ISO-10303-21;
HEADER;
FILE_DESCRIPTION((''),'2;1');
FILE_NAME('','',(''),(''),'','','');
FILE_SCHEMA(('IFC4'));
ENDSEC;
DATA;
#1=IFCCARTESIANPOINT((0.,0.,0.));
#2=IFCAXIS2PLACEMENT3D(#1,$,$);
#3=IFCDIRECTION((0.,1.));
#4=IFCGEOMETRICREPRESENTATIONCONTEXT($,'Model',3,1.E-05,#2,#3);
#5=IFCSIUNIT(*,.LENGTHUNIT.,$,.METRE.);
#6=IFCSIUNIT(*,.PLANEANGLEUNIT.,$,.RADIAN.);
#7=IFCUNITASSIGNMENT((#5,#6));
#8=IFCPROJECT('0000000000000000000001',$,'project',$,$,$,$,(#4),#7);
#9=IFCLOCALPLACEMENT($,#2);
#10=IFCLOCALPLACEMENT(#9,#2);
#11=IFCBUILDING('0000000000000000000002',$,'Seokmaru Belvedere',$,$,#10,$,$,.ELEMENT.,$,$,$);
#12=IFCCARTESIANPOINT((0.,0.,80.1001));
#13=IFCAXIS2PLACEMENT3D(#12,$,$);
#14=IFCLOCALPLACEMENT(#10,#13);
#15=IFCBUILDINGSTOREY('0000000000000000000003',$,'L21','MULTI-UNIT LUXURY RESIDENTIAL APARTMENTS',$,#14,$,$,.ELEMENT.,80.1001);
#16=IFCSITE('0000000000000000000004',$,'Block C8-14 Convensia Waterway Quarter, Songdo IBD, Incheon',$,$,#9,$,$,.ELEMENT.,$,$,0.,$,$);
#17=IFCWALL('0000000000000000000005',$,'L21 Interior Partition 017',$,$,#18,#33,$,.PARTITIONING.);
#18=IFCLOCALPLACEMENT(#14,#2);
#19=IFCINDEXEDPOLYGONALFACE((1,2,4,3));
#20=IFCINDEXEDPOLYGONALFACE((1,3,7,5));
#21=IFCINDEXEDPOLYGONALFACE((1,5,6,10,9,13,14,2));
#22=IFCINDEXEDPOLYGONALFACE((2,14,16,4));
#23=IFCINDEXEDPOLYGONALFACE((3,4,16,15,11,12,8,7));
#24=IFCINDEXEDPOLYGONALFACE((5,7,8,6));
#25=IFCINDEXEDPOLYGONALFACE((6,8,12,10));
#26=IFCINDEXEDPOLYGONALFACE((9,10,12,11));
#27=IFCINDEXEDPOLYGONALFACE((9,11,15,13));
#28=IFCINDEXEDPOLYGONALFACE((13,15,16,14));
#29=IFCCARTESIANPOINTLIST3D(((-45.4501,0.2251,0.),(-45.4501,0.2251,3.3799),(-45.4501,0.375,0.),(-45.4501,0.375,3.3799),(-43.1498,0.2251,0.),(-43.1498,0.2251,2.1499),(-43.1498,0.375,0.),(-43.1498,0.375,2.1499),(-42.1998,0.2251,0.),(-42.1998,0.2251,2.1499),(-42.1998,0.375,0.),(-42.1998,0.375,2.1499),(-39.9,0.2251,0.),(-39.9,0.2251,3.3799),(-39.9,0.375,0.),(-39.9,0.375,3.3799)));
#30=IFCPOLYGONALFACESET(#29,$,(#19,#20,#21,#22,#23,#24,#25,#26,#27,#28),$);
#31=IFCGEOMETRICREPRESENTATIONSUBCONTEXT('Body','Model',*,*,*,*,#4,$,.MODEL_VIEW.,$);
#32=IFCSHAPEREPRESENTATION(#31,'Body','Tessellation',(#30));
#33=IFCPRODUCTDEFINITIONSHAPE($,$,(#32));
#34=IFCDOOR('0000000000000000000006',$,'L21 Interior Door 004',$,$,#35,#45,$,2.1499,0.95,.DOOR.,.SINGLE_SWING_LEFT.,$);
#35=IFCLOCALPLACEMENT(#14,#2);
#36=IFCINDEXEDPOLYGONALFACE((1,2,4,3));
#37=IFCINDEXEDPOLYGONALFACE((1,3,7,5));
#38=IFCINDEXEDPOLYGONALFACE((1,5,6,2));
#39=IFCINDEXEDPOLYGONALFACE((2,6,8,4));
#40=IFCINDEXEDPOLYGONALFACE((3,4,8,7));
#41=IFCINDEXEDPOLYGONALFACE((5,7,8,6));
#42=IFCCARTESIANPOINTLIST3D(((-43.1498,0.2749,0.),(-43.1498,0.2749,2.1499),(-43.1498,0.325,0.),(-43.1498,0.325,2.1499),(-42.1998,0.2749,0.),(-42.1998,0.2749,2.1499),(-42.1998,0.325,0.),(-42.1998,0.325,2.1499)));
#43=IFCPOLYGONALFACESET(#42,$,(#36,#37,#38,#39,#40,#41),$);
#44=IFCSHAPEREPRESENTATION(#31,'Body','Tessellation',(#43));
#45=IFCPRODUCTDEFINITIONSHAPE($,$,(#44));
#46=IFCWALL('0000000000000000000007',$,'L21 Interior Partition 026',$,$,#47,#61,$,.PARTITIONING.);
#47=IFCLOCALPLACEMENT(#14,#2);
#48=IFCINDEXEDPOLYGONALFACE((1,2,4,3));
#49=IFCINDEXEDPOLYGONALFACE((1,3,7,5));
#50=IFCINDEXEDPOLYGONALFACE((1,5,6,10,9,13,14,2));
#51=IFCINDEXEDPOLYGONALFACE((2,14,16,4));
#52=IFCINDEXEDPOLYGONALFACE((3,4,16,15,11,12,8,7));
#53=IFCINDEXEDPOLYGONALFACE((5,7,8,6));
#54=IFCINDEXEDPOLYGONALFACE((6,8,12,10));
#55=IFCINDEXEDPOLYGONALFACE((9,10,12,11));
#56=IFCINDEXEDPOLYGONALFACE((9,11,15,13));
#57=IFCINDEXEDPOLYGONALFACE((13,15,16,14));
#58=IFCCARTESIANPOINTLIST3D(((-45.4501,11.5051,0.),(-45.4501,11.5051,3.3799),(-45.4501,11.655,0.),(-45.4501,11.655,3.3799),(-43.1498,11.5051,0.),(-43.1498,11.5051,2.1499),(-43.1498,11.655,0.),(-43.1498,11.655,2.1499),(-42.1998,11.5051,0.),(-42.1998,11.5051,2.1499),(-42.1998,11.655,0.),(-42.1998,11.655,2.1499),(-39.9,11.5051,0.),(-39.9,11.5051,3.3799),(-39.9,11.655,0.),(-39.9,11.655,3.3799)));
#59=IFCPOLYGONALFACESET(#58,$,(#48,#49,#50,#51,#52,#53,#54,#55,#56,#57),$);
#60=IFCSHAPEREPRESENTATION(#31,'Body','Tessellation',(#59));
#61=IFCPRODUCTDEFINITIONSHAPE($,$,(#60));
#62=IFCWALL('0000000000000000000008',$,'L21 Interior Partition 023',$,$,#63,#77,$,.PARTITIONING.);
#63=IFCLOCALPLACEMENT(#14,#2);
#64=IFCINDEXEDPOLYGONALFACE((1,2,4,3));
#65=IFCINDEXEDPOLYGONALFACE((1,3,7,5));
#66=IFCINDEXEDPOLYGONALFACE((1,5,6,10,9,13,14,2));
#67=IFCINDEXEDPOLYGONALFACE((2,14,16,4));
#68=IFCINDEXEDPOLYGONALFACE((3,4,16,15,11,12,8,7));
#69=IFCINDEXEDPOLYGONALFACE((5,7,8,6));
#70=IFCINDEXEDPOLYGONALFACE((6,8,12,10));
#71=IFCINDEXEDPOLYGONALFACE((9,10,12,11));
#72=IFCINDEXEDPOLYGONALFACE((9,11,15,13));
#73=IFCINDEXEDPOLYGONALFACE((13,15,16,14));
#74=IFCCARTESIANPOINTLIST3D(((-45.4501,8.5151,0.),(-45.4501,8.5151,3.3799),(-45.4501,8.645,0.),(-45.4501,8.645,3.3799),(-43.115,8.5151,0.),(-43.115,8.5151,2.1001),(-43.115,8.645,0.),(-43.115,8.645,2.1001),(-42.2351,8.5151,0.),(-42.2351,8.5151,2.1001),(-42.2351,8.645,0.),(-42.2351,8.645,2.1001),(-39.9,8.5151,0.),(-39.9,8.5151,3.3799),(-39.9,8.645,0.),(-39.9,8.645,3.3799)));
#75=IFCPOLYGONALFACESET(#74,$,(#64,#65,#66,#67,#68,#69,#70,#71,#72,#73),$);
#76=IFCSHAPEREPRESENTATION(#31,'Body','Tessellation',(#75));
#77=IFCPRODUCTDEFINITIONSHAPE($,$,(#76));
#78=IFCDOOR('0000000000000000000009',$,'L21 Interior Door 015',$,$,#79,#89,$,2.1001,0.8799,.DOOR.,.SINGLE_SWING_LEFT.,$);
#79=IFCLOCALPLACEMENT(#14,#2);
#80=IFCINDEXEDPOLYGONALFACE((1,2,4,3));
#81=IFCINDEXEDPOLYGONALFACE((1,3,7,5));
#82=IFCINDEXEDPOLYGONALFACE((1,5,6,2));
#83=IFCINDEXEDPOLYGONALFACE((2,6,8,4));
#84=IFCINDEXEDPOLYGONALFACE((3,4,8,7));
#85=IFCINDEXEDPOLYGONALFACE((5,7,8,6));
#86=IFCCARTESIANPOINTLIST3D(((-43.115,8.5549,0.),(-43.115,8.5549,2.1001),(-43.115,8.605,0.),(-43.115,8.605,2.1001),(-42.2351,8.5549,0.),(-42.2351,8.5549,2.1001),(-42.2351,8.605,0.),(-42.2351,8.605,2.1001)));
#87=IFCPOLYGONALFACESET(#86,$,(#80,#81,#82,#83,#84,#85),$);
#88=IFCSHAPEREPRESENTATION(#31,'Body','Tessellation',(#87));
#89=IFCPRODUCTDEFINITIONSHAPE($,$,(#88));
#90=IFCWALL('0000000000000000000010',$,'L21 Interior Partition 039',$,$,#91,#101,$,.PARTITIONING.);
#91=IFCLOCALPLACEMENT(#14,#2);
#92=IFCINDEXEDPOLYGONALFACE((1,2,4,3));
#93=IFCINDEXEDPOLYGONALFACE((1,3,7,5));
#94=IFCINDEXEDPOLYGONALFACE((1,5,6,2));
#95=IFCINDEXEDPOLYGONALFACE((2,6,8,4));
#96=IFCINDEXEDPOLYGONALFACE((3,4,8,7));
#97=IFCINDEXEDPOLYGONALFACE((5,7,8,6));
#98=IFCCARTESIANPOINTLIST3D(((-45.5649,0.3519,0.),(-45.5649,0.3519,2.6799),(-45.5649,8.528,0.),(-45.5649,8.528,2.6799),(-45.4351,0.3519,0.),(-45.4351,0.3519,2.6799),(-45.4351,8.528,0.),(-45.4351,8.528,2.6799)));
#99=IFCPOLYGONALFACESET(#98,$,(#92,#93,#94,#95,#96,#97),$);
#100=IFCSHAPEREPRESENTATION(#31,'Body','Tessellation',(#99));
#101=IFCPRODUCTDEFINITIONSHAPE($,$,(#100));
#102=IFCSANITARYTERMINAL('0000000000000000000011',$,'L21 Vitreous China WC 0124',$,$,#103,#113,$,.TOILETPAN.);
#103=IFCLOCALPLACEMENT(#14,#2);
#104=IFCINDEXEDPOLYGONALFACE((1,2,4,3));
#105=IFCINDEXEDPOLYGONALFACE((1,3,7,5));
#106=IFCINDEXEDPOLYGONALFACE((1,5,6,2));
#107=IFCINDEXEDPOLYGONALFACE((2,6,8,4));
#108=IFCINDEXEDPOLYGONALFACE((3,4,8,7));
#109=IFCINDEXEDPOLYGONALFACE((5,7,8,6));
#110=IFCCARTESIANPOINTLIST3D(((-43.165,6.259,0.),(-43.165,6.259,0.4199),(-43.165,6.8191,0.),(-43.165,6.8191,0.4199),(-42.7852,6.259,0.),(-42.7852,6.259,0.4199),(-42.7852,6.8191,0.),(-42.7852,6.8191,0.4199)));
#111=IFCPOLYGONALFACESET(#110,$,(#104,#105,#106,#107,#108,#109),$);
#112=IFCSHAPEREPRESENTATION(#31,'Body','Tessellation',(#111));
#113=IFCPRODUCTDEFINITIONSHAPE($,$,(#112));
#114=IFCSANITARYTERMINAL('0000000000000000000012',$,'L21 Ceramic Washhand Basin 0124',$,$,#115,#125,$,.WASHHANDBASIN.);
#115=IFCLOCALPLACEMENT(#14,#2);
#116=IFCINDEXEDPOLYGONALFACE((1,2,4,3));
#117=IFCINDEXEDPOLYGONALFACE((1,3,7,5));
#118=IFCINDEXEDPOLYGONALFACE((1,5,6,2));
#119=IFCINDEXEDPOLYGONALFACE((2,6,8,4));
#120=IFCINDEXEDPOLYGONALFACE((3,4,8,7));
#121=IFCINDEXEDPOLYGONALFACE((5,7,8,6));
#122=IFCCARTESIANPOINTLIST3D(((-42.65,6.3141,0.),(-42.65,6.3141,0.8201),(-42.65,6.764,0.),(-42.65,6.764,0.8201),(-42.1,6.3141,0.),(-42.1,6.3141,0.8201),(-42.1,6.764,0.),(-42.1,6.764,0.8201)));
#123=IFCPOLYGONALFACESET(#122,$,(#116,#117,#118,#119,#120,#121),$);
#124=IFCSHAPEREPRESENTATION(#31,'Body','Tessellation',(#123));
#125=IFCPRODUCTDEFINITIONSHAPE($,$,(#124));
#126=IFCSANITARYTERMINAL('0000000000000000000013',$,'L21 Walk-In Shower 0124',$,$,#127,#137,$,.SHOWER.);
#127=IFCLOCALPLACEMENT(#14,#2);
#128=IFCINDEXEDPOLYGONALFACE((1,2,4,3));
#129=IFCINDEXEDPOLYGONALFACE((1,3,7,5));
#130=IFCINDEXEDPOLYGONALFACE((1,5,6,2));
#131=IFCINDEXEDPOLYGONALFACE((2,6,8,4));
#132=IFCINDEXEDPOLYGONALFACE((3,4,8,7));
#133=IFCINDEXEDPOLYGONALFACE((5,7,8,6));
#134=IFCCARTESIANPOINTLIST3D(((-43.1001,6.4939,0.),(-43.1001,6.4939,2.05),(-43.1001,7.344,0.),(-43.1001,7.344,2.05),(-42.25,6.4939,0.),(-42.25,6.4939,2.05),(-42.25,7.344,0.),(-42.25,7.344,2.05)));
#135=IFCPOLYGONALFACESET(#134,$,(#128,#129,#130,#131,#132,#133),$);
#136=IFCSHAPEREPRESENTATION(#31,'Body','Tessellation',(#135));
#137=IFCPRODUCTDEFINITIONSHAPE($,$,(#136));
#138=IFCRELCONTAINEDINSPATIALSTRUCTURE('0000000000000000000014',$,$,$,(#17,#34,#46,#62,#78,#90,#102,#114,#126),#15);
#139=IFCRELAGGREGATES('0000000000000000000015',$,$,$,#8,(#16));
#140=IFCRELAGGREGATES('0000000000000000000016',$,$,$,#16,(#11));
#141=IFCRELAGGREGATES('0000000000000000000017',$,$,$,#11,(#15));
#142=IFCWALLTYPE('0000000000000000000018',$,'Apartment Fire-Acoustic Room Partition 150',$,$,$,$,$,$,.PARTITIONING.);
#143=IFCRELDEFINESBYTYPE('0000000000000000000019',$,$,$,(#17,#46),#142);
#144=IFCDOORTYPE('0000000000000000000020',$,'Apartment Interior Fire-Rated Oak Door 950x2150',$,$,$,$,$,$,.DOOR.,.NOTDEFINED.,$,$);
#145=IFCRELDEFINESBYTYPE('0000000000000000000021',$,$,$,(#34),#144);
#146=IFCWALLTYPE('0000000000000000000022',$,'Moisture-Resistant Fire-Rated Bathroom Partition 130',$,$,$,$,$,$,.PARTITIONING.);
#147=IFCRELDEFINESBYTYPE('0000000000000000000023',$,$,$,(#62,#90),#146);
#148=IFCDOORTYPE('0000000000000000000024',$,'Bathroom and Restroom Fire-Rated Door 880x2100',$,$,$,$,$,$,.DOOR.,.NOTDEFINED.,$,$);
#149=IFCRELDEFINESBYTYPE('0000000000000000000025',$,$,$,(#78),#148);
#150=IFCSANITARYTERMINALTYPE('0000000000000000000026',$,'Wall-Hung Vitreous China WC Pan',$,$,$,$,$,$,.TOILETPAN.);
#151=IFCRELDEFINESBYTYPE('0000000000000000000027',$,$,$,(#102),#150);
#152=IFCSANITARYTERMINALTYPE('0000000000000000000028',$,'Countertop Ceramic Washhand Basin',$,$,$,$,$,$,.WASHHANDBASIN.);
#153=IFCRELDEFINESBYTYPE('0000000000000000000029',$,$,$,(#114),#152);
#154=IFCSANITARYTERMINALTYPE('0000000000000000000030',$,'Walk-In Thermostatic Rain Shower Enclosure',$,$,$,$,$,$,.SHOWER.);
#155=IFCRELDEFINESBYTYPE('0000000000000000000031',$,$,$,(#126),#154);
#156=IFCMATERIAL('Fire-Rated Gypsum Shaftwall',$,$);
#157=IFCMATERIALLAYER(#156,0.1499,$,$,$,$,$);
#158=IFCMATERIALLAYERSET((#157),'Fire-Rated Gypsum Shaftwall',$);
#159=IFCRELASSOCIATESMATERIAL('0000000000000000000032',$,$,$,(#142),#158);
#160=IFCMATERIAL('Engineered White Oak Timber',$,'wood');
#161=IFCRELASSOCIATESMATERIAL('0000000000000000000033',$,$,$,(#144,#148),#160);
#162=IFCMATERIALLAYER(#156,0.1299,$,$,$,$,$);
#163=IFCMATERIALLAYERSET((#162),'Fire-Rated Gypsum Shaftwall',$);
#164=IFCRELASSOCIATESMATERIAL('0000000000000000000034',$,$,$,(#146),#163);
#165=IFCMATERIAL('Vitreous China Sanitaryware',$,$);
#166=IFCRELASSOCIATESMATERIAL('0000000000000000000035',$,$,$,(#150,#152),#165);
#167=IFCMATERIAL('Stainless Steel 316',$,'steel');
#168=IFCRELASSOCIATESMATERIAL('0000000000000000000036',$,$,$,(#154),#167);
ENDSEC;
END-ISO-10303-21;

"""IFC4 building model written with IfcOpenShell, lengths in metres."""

from ifc_helpers import new_model, si_unit, direction, frame, frame_2d, origin, origin_2d, place, context, subcontext, project, spatial, rectangle, extrude, source, transform, mapped, material, layer, layer_set, type_object, type_shapes, element, fill, save


model = new_model("IFC4")

# Units and contexts
model_context = context("Model", 3, precision=1e-05, world=origin(), true_north=direction((0.0, 1.0)))
body_context = subcontext(model_context, "Body", "Model", "MODEL_VIEW")
ifc_project = project(units=[si_unit("LENGTHUNIT", "METRE"), si_unit("PLANEANGLEUNIT", "RADIAN")], contexts=[model_context])

# Site, building, storey
site_placement = place(None, origin())
site = spatial("IfcSite", under=ifc_project, at=site_placement, Name="Block C8-14 Convensia Waterway Quarter, Songdo IBD, Incheon", CompositionType="ELEMENT", RefElevation=0.0)
building_placement = place(site_placement, origin())
building = spatial("IfcBuilding", under=site, at=building_placement, Name="Seokmaru Belvedere", CompositionType="ELEMENT")
storey_placement = place(building_placement, frame((0.0, 0.0, 80.1001)))
storey = spatial("IfcBuildingStorey", under=building, at=storey_placement, Name="L21", Description="MULTI-UNIT LUXURY RESIDENTIAL APARTMENTS", CompositionType="ELEMENT", Elevation=80.1001)

# Wall, opening, door
ifc_material_1 = material(Name="Fire-Rated Gypsum Shaftwall")
ifc_layer_1 = layer(ifc_material_1, 0.1499)
ifc_layer_set_1 = layer_set([ifc_layer_1], Name="Fire-Rated Gypsum Shaftwall")
wall_type_1 = type_object("IfcWallType", Name="Apartment Fire-Acoustic Room Partition 150", PredefinedType="PARTITIONING", material=ifc_layer_set_1)
wall_1_placement = place(storey_placement, frame((-45.45, 0.3, 0.0), z_axis=(0.0, 0.0, 1.0), x_axis=(1.0, 0.0, 0.0)))
wall_1 = element("IfcWall", 1, at=wall_1_placement, inside=storey, type_object=wall_type_1, Name="L21 Interior Partition 017", PredefinedType="PARTITIONING", context=body_context, shape_type="SweptSolid", body=[
    extrude(rectangle(XDim=5.55, YDim=0.1499, at=frame_2d((2.7749, 0.0))), origin(), (0.0, 0.0, 1.0), 3.3799),
])
opening_1_placement = place(wall_1_placement, frame((2.3, 0.0, 0.0)))
opening_1 = element("IfcOpeningElement", 2, at=opening_1_placement, cuts=wall_1, PredefinedType="OPENING", context=body_context, shape_type="SweptSolid", body=[
    extrude(rectangle(XDim=0.95, YDim=2.1499, at=frame_2d((0.4751, 1.075))), frame((0.0, 0.085, 0.0), z_axis=(0.0, -1.0, 0.0), x_axis=(1.0, 0.0, 0.0)), (0.0, 0.0, 1.0), 0.1699),
])
ifc_material_2 = material(Name="Engineered White Oak Timber", Category="wood")
door_type_1 = type_object("IfcDoorType", Name="Apartment Interior Fire-Rated Oak Door 950x2150", OperationType="NOTDEFINED", PredefinedType="DOOR", material=ifc_material_2)
shared_shape_1 = source(origin(), body_context, "Body", "SweptSolid", [
    extrude(rectangle(XDim=0.95, YDim=2.1499, at=frame_2d((0.4751, 1.075))), frame((0.0, 0.0249, 0.0), z_axis=(0.0, -1.0, 0.0), x_axis=(1.0, 0.0, 0.0)), (0.0, 0.0, 1.0), 0.05),
])
type_shapes(door_type_1, [shared_shape_1])
door_1_placement = place(opening_1_placement, origin())
door_1 = element("IfcDoor", 3, at=door_1_placement, inside=storey, type_object=door_type_1, Name="L21 Interior Door 004", OperationType="SINGLE_SWING_LEFT", OverallHeight=2.1499, OverallWidth=0.95, PredefinedType="DOOR", context=body_context, shape_type="MappedRepresentation", body=[
    mapped(shared_shape_1, transform((0.0, 0.0, 0.0), scale=1.0)),
])
fill(opening_1, door_1)

# Wall, opening
wall_2_placement = place(storey_placement, frame((-45.45, 11.5801, 0.0), z_axis=(0.0, 0.0, 1.0), x_axis=(1.0, 0.0, 0.0)))
wall_2 = element("IfcWall", 4, at=wall_2_placement, inside=storey, type_object=wall_type_1, Name="L21 Interior Partition 026", PredefinedType="PARTITIONING", context=body_context, shape_type="SweptSolid", body=[
    extrude(rectangle(XDim=5.55, YDim=0.1499, at=frame_2d((2.7749, 0.0))), origin(), (0.0, 0.0, 1.0), 3.3799),
])
opening_2_placement = place(wall_2_placement, frame((2.3, 0.0, 0.0)))
element("IfcOpeningElement", 5, at=opening_2_placement, cuts=wall_2, PredefinedType="OPENING", context=body_context, shape_type="SweptSolid", body=[
    extrude(rectangle(XDim=0.95, YDim=2.1499, at=frame_2d((0.4751, 1.075))), frame((0.0, 0.085, 0.0), z_axis=(0.0, -1.0, 0.0), x_axis=(1.0, 0.0, 0.0)), (0.0, 0.0, 1.0), 0.1699),
])

# Wall, opening, door
ifc_layer_2 = layer(ifc_material_1, 0.1299)
ifc_layer_set_2 = layer_set([ifc_layer_2], Name="Fire-Rated Gypsum Shaftwall")
wall_type_2 = type_object("IfcWallType", Name="Moisture-Resistant Fire-Rated Bathroom Partition 130", PredefinedType="PARTITIONING", material=ifc_layer_set_2)
wall_3_placement = place(storey_placement, frame((-45.45, 8.5801, 0.0), z_axis=(0.0, 0.0, 1.0), x_axis=(1.0, 0.0, 0.0)))
wall_3 = element("IfcWall", 6, at=wall_3_placement, inside=storey, type_object=wall_type_2, Name="L21 Interior Partition 023", PredefinedType="PARTITIONING", context=body_context, shape_type="SweptSolid", body=[
    extrude(rectangle(XDim=5.55, YDim=0.1299, at=frame_2d((2.7749, 0.0))), origin(), (0.0, 0.0, 1.0), 3.3799),
])
opening_3_placement = place(wall_3_placement, frame((2.335, 0.0, 0.0)))
opening_3 = element("IfcOpeningElement", 7, at=opening_3_placement, cuts=wall_3, PredefinedType="OPENING", context=body_context, shape_type="SweptSolid", body=[
    extrude(rectangle(XDim=0.8799, YDim=2.1001, at=frame_2d((0.4399, 1.05))), frame((0.0, 0.075, 0.0), z_axis=(0.0, -1.0, 0.0), x_axis=(1.0, 0.0, 0.0)), (0.0, 0.0, 1.0), 0.1499),
])
door_type_2 = type_object("IfcDoorType", Name="Bathroom and Restroom Fire-Rated Door 880x2100", OperationType="NOTDEFINED", PredefinedType="DOOR", material=ifc_material_2)
shared_shape_2 = source(origin(), body_context, "Body", "SweptSolid", [
    extrude(rectangle(XDim=0.8799, YDim=2.1001, at=frame_2d((0.4399, 1.05))), frame((0.0, 0.0249, 0.0), z_axis=(0.0, -1.0, 0.0), x_axis=(1.0, 0.0, 0.0)), (0.0, 0.0, 1.0), 0.05),
])
type_shapes(door_type_2, [shared_shape_2])
door_2_placement = place(opening_3_placement, origin())
door_2 = element("IfcDoor", 8, at=door_2_placement, inside=storey, type_object=door_type_2, Name="L21 Interior Door 015", OperationType="SINGLE_SWING_LEFT", OverallHeight=2.1001, OverallWidth=0.8799, PredefinedType="DOOR", context=body_context, shape_type="MappedRepresentation", body=[
    mapped(shared_shape_2, transform((0.0, 0.0, 0.0), scale=1.0)),
])
fill(opening_3, door_2)

# Wall
wall_4_placement = place(storey_placement, frame((-45.5, 0.3521, 0.0), z_axis=(0.0, 0.0, 1.0), x_axis=(0.0, 1.0, 0.0)))
element("IfcWall", 9, at=wall_4_placement, inside=storey, type_object=wall_type_2, Name="L21 Interior Partition 039", PredefinedType="PARTITIONING", context=body_context, shape_type="SweptSolid", body=[
    extrude(rectangle(XDim=8.176, YDim=0.1299, at=frame_2d((4.0879, 0.0))), origin(), (0.0, 0.0, 1.0), 2.6799),
])

# Sanitary terminals
ifc_material_3 = material(Name="Vitreous China Sanitaryware")
sanitary_terminal_type_1 = type_object("IfcSanitaryTerminalType", Name="Wall-Hung Vitreous China WC Pan", PredefinedType="TOILETPAN", material=ifc_material_3)
shared_shape_3 = source(origin(), body_context, "Body", "SweptSolid", [
    extrude(rectangle(XDim=0.3799, YDim=0.5601, at=origin_2d()), origin(), (0.0, 0.0, 1.0), 0.4199),
])
type_shapes(sanitary_terminal_type_1, [shared_shape_3])
sanitary_terminal_1_placement = place(storey_placement, frame((-42.9751, 6.5391, 0.0), z_axis=(0.0, 0.0, 1.0), x_axis=(1.0, 0.0, 0.0)))
element("IfcSanitaryTerminal", 10, at=sanitary_terminal_1_placement, inside=storey, type_object=sanitary_terminal_type_1, Name="L21 Vitreous China WC 0124", PredefinedType="TOILETPAN", context=body_context, shape_type="MappedRepresentation", body=[
    mapped(shared_shape_3, transform((0.0, 0.0, 0.0), scale=1.0)),
])
sanitary_terminal_type_2 = type_object("IfcSanitaryTerminalType", Name="Countertop Ceramic Washhand Basin", PredefinedType="WASHHANDBASIN", material=ifc_material_3)
shared_shape_4 = source(origin(), body_context, "Body", "SweptSolid", [
    extrude(rectangle(XDim=0.55, YDim=0.45, at=origin_2d()), origin(), (0.0, 0.0, 1.0), 0.8201),
])
type_shapes(sanitary_terminal_type_2, [shared_shape_4])
sanitary_terminal_2_placement = place(storey_placement, frame((-42.375, 6.5391, 0.0), z_axis=(0.0, 0.0, 1.0), x_axis=(1.0, 0.0, 0.0)))
element("IfcSanitaryTerminal", 11, at=sanitary_terminal_2_placement, inside=storey, type_object=sanitary_terminal_type_2, Name="L21 Ceramic Washhand Basin 0124", PredefinedType="WASHHANDBASIN", context=body_context, shape_type="MappedRepresentation", body=[
    mapped(shared_shape_4, transform((0.0, 0.0, 0.0), scale=1.0)),
])
ifc_material_4 = material(Name="Stainless Steel 316", Category="steel")
sanitary_terminal_type_3 = type_object("IfcSanitaryTerminalType", Name="Walk-In Thermostatic Rain Shower Enclosure", PredefinedType="SHOWER", material=ifc_material_4)
shared_shape_5 = source(origin(), body_context, "Body", "SweptSolid", [
    extrude(rectangle(XDim=0.8501, YDim=0.8501, at=origin_2d()), origin(), (0.0, 0.0, 1.0), 2.05),
])
type_shapes(sanitary_terminal_type_3, [shared_shape_5])
sanitary_terminal_3_placement = place(storey_placement, frame((-42.675, 6.9189, 0.0), z_axis=(0.0, 0.0, 1.0), x_axis=(1.0, 0.0, 0.0)))
element("IfcSanitaryTerminal", 12, at=sanitary_terminal_3_placement, inside=storey, type_object=sanitary_terminal_type_3, Name="L21 Walk-In Shower 0124", PredefinedType="SHOWER", context=body_context, shape_type="MappedRepresentation", body=[
    mapped(shared_shape_5, transform((0.0, 0.0, 0.0), scale=1.0)),
])

save(model, "model.ifc")
